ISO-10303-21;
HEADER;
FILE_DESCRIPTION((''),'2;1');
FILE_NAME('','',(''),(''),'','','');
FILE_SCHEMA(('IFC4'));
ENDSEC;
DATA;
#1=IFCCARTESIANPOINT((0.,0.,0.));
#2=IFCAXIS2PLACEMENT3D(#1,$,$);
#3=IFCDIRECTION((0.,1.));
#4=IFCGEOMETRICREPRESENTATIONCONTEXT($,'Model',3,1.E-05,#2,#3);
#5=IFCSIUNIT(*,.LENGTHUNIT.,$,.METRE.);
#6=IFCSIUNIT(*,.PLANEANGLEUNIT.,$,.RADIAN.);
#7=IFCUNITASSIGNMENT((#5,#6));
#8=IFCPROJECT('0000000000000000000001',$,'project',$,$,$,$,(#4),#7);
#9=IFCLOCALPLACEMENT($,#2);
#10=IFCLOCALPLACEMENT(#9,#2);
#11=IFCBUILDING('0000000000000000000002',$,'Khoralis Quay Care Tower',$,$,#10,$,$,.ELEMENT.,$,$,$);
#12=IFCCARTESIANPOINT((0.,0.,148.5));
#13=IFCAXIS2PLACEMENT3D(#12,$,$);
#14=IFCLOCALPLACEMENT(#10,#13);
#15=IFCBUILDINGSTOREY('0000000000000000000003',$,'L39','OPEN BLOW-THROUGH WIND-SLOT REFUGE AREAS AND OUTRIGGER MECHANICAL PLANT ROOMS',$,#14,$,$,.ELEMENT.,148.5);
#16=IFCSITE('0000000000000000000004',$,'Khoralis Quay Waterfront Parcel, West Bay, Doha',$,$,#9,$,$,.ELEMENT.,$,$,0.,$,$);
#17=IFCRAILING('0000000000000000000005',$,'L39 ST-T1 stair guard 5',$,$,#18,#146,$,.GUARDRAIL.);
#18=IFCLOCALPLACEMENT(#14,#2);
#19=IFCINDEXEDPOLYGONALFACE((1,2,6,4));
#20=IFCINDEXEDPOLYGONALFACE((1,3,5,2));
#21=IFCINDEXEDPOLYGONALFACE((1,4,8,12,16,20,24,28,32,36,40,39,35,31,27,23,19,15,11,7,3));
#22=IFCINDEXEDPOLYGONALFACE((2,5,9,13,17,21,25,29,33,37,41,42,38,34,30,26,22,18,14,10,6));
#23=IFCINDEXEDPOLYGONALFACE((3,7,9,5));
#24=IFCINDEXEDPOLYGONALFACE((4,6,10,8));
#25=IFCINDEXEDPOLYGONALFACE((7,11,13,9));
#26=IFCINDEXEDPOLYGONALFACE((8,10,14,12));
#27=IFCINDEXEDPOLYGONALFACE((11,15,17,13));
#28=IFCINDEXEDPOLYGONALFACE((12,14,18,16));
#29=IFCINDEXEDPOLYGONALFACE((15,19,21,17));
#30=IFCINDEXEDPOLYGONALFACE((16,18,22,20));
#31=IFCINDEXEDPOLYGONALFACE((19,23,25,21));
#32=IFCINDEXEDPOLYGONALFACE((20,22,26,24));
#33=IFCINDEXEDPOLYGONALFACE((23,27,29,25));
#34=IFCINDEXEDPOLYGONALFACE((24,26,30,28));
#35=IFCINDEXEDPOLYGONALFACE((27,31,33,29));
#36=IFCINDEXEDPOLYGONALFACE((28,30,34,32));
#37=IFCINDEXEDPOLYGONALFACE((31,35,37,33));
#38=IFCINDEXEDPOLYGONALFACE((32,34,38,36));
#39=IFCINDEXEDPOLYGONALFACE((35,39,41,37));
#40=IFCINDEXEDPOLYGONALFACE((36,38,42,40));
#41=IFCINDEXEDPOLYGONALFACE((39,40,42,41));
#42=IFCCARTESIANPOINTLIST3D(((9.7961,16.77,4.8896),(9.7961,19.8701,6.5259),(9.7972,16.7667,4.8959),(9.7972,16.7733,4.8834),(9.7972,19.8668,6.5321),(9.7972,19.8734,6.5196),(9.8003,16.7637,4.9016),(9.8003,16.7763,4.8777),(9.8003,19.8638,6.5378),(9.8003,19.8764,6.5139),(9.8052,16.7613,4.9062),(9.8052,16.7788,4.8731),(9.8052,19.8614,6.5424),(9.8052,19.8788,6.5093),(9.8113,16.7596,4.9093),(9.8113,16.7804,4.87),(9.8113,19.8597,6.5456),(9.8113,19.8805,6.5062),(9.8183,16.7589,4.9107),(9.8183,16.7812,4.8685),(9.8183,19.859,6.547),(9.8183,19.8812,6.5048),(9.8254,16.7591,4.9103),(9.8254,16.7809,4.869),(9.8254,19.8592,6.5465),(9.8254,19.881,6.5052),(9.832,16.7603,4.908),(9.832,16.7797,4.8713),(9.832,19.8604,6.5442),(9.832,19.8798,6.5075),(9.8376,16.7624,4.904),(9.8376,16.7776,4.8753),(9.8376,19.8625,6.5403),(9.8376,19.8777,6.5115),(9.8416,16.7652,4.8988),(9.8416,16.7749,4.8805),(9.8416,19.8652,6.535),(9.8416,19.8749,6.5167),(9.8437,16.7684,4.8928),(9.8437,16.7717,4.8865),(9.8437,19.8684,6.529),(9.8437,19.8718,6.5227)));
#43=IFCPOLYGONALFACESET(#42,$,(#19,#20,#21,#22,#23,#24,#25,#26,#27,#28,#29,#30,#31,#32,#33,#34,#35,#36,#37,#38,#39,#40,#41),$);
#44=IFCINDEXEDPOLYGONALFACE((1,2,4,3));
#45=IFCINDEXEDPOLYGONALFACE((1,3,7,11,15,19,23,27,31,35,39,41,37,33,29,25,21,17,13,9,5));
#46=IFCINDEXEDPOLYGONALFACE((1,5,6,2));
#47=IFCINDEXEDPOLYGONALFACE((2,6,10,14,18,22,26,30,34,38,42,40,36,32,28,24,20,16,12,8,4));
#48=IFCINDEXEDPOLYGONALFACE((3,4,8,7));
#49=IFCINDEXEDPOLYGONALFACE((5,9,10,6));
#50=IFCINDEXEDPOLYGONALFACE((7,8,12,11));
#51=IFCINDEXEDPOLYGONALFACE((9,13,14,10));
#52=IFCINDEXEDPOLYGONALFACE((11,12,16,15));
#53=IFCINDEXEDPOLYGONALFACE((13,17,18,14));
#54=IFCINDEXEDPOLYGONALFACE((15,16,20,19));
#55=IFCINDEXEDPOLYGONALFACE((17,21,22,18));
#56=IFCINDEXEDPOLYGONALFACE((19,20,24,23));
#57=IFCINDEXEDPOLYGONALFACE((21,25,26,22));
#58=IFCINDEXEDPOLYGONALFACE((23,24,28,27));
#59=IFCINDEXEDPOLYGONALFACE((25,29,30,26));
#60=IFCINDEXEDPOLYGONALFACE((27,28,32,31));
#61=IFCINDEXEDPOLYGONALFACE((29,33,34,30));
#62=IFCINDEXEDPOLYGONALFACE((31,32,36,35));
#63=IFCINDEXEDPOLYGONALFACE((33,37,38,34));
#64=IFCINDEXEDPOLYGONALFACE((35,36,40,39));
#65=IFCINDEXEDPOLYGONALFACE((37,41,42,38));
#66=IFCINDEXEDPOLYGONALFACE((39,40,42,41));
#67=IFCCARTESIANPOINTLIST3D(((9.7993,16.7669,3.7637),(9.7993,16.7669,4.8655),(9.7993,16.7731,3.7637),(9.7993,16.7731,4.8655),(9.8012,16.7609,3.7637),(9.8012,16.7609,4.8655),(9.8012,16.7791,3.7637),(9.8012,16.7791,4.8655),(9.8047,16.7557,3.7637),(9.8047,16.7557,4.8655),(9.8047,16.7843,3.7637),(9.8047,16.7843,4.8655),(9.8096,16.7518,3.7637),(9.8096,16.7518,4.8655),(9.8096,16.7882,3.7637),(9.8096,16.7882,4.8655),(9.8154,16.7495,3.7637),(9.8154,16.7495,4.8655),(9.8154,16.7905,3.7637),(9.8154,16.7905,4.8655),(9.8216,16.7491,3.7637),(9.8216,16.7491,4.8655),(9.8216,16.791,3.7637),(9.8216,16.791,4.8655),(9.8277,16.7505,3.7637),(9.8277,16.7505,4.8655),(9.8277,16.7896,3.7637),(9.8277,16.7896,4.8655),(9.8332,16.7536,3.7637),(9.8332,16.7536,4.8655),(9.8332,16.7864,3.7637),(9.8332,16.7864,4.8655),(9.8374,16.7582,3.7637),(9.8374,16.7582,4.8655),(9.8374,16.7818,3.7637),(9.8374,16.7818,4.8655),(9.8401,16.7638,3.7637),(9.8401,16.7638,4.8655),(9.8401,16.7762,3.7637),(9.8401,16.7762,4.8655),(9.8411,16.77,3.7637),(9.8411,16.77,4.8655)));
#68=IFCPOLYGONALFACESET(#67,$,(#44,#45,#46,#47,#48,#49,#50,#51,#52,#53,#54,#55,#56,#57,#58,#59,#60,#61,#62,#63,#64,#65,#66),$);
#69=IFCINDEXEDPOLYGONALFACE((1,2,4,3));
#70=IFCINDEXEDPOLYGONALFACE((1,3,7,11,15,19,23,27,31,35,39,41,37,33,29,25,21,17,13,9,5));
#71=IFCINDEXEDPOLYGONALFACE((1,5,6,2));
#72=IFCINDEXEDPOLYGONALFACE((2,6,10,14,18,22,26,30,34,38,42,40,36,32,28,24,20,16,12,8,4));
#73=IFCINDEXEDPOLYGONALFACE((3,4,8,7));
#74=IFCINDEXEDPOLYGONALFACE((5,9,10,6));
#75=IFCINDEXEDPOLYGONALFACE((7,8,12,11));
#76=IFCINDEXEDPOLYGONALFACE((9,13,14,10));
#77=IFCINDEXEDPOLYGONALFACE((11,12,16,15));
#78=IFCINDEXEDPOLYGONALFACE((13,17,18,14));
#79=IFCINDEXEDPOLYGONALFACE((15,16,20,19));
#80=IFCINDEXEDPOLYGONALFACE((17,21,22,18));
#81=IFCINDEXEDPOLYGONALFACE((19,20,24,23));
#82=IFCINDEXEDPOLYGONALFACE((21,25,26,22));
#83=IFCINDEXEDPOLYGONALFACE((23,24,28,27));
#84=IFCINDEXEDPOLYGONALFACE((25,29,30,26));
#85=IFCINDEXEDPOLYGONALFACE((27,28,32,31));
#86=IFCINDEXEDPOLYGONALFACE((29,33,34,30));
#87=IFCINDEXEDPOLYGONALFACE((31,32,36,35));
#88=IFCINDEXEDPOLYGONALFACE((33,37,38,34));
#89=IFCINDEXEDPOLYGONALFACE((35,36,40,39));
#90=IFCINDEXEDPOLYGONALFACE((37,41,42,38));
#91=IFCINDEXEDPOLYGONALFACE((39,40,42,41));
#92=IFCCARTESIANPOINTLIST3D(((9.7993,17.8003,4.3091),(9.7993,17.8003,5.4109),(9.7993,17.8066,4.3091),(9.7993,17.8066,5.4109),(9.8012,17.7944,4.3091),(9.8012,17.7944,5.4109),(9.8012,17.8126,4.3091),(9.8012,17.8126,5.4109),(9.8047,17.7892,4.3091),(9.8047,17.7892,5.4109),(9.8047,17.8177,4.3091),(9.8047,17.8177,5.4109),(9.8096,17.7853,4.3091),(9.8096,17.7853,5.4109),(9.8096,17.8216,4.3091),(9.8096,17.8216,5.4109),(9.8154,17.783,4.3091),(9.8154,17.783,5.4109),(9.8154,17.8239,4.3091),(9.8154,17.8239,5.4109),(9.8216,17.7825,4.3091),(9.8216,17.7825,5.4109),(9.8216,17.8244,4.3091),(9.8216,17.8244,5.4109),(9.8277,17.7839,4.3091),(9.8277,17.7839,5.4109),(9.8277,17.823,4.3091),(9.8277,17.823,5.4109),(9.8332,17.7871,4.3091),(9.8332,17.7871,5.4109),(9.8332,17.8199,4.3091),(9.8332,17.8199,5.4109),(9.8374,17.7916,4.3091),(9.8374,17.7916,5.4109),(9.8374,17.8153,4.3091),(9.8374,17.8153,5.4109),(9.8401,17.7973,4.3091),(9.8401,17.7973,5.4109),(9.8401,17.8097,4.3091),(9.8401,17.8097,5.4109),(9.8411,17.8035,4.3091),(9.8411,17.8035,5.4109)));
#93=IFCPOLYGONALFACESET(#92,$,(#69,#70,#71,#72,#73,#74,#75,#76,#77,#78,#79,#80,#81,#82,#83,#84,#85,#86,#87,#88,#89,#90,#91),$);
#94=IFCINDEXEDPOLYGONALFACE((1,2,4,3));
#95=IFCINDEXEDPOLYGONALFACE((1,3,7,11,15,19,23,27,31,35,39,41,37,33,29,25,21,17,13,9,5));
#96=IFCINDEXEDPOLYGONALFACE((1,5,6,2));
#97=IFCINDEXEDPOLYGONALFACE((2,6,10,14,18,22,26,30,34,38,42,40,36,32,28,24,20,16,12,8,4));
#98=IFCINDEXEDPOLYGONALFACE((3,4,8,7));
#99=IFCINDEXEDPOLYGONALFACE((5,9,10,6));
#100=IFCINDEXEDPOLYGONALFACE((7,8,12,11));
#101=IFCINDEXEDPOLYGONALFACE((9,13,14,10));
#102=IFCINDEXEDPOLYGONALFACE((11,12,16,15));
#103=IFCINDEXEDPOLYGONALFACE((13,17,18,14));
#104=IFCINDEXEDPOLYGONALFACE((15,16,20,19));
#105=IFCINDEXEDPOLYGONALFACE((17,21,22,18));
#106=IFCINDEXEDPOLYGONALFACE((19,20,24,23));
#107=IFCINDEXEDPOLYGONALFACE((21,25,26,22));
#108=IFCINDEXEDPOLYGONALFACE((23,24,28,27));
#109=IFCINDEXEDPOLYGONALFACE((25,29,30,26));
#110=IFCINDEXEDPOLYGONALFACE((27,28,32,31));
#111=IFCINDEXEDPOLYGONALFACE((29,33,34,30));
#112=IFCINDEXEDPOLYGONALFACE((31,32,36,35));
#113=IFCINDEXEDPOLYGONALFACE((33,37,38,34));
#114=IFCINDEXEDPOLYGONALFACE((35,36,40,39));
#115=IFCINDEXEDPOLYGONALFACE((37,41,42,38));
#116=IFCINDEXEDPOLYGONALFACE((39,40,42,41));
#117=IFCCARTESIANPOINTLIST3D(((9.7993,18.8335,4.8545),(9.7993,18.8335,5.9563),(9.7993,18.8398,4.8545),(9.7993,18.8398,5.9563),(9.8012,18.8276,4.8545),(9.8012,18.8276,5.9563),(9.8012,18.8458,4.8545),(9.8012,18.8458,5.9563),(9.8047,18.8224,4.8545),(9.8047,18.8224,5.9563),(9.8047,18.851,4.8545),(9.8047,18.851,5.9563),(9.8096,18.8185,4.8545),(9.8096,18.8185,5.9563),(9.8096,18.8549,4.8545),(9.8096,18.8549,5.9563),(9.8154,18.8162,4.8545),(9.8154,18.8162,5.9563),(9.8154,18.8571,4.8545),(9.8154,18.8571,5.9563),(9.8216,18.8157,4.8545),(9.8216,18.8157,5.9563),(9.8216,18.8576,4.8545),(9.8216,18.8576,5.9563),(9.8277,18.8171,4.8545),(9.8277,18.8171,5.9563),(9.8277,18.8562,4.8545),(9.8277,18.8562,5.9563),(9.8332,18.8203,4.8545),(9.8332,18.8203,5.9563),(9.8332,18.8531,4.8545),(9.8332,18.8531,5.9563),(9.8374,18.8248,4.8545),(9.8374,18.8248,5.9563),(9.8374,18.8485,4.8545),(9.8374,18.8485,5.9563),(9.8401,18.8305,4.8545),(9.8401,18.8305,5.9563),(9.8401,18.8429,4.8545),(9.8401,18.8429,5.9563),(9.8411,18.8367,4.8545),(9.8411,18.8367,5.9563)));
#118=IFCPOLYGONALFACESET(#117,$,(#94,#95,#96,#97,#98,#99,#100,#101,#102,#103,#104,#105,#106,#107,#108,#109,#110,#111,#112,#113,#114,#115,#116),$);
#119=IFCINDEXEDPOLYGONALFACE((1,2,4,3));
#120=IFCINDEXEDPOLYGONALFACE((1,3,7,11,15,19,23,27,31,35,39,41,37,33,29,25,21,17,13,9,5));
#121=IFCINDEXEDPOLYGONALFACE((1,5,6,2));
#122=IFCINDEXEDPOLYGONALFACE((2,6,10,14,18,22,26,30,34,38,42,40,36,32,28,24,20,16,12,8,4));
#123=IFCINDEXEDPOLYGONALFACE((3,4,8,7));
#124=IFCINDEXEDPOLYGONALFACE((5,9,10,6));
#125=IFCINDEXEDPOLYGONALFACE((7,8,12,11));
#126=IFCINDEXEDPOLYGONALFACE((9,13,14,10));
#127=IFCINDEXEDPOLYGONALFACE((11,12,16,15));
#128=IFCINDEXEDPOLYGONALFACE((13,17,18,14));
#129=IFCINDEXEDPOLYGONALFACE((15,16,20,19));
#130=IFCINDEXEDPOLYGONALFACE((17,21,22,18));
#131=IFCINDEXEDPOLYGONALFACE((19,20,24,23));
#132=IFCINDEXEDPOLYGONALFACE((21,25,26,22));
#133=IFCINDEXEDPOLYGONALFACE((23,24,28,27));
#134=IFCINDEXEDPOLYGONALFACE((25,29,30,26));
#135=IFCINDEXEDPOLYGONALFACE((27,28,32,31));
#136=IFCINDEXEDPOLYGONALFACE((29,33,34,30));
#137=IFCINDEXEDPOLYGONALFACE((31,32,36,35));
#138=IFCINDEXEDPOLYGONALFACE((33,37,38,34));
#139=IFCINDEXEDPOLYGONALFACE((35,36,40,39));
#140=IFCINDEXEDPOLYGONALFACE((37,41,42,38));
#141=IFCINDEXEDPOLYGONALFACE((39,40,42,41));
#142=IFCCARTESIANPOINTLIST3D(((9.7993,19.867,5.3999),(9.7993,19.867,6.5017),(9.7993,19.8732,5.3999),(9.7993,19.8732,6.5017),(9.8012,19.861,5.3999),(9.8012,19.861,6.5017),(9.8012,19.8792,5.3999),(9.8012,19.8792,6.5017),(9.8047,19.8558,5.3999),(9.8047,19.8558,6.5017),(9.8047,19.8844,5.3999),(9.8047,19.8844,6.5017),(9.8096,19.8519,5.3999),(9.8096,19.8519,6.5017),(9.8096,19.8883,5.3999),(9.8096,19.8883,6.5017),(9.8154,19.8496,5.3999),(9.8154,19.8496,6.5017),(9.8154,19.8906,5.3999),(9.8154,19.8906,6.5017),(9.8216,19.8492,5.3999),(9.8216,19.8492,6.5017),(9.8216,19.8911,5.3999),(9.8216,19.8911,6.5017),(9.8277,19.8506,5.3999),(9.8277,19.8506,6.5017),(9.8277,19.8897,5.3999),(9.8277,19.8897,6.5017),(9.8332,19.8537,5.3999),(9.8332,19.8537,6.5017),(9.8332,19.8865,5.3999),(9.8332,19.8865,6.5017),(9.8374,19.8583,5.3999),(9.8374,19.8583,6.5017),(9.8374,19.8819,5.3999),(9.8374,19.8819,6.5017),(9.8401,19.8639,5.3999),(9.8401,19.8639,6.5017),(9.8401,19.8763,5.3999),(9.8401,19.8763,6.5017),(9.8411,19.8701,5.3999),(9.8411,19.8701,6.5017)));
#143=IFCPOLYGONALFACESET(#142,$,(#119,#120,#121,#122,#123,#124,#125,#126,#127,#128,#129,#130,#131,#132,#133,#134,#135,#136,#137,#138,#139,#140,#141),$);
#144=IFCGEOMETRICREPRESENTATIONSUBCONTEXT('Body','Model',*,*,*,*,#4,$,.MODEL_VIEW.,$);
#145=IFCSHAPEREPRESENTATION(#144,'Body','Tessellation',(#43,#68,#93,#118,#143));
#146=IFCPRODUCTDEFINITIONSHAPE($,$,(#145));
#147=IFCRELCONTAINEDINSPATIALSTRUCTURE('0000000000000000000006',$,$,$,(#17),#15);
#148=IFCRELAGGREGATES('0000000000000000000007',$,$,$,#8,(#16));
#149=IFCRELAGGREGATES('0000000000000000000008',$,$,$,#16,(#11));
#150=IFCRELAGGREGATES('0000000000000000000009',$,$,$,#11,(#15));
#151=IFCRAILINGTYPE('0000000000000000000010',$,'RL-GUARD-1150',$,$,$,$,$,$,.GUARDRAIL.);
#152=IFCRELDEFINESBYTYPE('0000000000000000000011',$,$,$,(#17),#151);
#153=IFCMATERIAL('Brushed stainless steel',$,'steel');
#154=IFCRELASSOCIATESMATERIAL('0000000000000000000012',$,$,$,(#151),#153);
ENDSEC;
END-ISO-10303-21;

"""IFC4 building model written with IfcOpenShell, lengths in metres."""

from ifc_helpers import new_model, si_unit, direction, frame, origin, origin_2d, place, context, subcontext, project, spatial, circle, extrude, material, type_object, element, save


model = new_model("IFC4")

# Units and contexts
model_context = context("Model", 3, precision=1e-05, world=origin(), true_north=direction((0.0, 1.0)))
body_context = subcontext(model_context, "Body", "Model", "MODEL_VIEW")
ifc_project = project(units=[si_unit("LENGTHUNIT", "METRE"), si_unit("PLANEANGLEUNIT", "RADIAN")], contexts=[model_context])

# Site, building, storey
site_placement = place(None, origin())
site = spatial("IfcSite", under=ifc_project, at=site_placement, Name="Khoralis Quay Waterfront Parcel, West Bay, Doha", CompositionType="ELEMENT", RefElevation=0.0)
building_placement = place(site_placement, origin())
building = spatial("IfcBuilding", under=site, at=building_placement, Name="Khoralis Quay Care Tower", CompositionType="ELEMENT")
storey_placement = place(building_placement, frame((0.0, 0.0, 148.5)))
storey = spatial("IfcBuildingStorey", under=building, at=storey_placement, Name="L39", Description="OPEN BLOW-THROUGH WIND-SLOT REFUGE AREAS AND OUTRIGGER MECHANICAL PLANT ROOMS", CompositionType="ELEMENT", Elevation=148.5)

# Railing
ifc_material_1 = material(Name="Brushed stainless steel", Category="steel")
railing_type_1 = type_object("IfcRailingType", Name="RL-GUARD-1150", PredefinedType="GUARDRAIL", material=ifc_material_1)
railing_1_placement = place(storey_placement, frame((9.8201, 16.77, 3.7637)))
element("IfcRailing", 1, at=railing_1_placement, inside=storey, type_object=railing_type_1, Name="L39 ST-T1 stair guard 5", PredefinedType="GUARDRAIL", context=body_context, shape_type="SweptSolid", body=[
    extrude(circle(Radius=0.0239, at=origin_2d()), frame((0.0, 0.0, 1.126), z_axis=(0.0, 0.884377, 0.466774), x_axis=(-1.0, 0.0, 0.0)), (0.0, 0.0, 1.0), 3.5054),
    extrude(circle(Radius=0.021, at=origin_2d()), origin(), (0.0, 0.0, 1.0), 1.1018),
    extrude(circle(Radius=0.021, at=origin_2d()), frame((0.0, 1.0334, 0.5454)), (0.0, 0.0, 1.0), 1.1018),
    extrude(circle(Radius=0.021, at=origin_2d()), frame((0.0, 2.0667, 1.0908)), (0.0, 0.0, 1.0), 1.1018),
    extrude(circle(Radius=0.021, at=origin_2d()), frame((0.0, 3.1001, 1.6362)), (0.0, 0.0, 1.0), 1.1018),
])

save(model, "model.ifc")
